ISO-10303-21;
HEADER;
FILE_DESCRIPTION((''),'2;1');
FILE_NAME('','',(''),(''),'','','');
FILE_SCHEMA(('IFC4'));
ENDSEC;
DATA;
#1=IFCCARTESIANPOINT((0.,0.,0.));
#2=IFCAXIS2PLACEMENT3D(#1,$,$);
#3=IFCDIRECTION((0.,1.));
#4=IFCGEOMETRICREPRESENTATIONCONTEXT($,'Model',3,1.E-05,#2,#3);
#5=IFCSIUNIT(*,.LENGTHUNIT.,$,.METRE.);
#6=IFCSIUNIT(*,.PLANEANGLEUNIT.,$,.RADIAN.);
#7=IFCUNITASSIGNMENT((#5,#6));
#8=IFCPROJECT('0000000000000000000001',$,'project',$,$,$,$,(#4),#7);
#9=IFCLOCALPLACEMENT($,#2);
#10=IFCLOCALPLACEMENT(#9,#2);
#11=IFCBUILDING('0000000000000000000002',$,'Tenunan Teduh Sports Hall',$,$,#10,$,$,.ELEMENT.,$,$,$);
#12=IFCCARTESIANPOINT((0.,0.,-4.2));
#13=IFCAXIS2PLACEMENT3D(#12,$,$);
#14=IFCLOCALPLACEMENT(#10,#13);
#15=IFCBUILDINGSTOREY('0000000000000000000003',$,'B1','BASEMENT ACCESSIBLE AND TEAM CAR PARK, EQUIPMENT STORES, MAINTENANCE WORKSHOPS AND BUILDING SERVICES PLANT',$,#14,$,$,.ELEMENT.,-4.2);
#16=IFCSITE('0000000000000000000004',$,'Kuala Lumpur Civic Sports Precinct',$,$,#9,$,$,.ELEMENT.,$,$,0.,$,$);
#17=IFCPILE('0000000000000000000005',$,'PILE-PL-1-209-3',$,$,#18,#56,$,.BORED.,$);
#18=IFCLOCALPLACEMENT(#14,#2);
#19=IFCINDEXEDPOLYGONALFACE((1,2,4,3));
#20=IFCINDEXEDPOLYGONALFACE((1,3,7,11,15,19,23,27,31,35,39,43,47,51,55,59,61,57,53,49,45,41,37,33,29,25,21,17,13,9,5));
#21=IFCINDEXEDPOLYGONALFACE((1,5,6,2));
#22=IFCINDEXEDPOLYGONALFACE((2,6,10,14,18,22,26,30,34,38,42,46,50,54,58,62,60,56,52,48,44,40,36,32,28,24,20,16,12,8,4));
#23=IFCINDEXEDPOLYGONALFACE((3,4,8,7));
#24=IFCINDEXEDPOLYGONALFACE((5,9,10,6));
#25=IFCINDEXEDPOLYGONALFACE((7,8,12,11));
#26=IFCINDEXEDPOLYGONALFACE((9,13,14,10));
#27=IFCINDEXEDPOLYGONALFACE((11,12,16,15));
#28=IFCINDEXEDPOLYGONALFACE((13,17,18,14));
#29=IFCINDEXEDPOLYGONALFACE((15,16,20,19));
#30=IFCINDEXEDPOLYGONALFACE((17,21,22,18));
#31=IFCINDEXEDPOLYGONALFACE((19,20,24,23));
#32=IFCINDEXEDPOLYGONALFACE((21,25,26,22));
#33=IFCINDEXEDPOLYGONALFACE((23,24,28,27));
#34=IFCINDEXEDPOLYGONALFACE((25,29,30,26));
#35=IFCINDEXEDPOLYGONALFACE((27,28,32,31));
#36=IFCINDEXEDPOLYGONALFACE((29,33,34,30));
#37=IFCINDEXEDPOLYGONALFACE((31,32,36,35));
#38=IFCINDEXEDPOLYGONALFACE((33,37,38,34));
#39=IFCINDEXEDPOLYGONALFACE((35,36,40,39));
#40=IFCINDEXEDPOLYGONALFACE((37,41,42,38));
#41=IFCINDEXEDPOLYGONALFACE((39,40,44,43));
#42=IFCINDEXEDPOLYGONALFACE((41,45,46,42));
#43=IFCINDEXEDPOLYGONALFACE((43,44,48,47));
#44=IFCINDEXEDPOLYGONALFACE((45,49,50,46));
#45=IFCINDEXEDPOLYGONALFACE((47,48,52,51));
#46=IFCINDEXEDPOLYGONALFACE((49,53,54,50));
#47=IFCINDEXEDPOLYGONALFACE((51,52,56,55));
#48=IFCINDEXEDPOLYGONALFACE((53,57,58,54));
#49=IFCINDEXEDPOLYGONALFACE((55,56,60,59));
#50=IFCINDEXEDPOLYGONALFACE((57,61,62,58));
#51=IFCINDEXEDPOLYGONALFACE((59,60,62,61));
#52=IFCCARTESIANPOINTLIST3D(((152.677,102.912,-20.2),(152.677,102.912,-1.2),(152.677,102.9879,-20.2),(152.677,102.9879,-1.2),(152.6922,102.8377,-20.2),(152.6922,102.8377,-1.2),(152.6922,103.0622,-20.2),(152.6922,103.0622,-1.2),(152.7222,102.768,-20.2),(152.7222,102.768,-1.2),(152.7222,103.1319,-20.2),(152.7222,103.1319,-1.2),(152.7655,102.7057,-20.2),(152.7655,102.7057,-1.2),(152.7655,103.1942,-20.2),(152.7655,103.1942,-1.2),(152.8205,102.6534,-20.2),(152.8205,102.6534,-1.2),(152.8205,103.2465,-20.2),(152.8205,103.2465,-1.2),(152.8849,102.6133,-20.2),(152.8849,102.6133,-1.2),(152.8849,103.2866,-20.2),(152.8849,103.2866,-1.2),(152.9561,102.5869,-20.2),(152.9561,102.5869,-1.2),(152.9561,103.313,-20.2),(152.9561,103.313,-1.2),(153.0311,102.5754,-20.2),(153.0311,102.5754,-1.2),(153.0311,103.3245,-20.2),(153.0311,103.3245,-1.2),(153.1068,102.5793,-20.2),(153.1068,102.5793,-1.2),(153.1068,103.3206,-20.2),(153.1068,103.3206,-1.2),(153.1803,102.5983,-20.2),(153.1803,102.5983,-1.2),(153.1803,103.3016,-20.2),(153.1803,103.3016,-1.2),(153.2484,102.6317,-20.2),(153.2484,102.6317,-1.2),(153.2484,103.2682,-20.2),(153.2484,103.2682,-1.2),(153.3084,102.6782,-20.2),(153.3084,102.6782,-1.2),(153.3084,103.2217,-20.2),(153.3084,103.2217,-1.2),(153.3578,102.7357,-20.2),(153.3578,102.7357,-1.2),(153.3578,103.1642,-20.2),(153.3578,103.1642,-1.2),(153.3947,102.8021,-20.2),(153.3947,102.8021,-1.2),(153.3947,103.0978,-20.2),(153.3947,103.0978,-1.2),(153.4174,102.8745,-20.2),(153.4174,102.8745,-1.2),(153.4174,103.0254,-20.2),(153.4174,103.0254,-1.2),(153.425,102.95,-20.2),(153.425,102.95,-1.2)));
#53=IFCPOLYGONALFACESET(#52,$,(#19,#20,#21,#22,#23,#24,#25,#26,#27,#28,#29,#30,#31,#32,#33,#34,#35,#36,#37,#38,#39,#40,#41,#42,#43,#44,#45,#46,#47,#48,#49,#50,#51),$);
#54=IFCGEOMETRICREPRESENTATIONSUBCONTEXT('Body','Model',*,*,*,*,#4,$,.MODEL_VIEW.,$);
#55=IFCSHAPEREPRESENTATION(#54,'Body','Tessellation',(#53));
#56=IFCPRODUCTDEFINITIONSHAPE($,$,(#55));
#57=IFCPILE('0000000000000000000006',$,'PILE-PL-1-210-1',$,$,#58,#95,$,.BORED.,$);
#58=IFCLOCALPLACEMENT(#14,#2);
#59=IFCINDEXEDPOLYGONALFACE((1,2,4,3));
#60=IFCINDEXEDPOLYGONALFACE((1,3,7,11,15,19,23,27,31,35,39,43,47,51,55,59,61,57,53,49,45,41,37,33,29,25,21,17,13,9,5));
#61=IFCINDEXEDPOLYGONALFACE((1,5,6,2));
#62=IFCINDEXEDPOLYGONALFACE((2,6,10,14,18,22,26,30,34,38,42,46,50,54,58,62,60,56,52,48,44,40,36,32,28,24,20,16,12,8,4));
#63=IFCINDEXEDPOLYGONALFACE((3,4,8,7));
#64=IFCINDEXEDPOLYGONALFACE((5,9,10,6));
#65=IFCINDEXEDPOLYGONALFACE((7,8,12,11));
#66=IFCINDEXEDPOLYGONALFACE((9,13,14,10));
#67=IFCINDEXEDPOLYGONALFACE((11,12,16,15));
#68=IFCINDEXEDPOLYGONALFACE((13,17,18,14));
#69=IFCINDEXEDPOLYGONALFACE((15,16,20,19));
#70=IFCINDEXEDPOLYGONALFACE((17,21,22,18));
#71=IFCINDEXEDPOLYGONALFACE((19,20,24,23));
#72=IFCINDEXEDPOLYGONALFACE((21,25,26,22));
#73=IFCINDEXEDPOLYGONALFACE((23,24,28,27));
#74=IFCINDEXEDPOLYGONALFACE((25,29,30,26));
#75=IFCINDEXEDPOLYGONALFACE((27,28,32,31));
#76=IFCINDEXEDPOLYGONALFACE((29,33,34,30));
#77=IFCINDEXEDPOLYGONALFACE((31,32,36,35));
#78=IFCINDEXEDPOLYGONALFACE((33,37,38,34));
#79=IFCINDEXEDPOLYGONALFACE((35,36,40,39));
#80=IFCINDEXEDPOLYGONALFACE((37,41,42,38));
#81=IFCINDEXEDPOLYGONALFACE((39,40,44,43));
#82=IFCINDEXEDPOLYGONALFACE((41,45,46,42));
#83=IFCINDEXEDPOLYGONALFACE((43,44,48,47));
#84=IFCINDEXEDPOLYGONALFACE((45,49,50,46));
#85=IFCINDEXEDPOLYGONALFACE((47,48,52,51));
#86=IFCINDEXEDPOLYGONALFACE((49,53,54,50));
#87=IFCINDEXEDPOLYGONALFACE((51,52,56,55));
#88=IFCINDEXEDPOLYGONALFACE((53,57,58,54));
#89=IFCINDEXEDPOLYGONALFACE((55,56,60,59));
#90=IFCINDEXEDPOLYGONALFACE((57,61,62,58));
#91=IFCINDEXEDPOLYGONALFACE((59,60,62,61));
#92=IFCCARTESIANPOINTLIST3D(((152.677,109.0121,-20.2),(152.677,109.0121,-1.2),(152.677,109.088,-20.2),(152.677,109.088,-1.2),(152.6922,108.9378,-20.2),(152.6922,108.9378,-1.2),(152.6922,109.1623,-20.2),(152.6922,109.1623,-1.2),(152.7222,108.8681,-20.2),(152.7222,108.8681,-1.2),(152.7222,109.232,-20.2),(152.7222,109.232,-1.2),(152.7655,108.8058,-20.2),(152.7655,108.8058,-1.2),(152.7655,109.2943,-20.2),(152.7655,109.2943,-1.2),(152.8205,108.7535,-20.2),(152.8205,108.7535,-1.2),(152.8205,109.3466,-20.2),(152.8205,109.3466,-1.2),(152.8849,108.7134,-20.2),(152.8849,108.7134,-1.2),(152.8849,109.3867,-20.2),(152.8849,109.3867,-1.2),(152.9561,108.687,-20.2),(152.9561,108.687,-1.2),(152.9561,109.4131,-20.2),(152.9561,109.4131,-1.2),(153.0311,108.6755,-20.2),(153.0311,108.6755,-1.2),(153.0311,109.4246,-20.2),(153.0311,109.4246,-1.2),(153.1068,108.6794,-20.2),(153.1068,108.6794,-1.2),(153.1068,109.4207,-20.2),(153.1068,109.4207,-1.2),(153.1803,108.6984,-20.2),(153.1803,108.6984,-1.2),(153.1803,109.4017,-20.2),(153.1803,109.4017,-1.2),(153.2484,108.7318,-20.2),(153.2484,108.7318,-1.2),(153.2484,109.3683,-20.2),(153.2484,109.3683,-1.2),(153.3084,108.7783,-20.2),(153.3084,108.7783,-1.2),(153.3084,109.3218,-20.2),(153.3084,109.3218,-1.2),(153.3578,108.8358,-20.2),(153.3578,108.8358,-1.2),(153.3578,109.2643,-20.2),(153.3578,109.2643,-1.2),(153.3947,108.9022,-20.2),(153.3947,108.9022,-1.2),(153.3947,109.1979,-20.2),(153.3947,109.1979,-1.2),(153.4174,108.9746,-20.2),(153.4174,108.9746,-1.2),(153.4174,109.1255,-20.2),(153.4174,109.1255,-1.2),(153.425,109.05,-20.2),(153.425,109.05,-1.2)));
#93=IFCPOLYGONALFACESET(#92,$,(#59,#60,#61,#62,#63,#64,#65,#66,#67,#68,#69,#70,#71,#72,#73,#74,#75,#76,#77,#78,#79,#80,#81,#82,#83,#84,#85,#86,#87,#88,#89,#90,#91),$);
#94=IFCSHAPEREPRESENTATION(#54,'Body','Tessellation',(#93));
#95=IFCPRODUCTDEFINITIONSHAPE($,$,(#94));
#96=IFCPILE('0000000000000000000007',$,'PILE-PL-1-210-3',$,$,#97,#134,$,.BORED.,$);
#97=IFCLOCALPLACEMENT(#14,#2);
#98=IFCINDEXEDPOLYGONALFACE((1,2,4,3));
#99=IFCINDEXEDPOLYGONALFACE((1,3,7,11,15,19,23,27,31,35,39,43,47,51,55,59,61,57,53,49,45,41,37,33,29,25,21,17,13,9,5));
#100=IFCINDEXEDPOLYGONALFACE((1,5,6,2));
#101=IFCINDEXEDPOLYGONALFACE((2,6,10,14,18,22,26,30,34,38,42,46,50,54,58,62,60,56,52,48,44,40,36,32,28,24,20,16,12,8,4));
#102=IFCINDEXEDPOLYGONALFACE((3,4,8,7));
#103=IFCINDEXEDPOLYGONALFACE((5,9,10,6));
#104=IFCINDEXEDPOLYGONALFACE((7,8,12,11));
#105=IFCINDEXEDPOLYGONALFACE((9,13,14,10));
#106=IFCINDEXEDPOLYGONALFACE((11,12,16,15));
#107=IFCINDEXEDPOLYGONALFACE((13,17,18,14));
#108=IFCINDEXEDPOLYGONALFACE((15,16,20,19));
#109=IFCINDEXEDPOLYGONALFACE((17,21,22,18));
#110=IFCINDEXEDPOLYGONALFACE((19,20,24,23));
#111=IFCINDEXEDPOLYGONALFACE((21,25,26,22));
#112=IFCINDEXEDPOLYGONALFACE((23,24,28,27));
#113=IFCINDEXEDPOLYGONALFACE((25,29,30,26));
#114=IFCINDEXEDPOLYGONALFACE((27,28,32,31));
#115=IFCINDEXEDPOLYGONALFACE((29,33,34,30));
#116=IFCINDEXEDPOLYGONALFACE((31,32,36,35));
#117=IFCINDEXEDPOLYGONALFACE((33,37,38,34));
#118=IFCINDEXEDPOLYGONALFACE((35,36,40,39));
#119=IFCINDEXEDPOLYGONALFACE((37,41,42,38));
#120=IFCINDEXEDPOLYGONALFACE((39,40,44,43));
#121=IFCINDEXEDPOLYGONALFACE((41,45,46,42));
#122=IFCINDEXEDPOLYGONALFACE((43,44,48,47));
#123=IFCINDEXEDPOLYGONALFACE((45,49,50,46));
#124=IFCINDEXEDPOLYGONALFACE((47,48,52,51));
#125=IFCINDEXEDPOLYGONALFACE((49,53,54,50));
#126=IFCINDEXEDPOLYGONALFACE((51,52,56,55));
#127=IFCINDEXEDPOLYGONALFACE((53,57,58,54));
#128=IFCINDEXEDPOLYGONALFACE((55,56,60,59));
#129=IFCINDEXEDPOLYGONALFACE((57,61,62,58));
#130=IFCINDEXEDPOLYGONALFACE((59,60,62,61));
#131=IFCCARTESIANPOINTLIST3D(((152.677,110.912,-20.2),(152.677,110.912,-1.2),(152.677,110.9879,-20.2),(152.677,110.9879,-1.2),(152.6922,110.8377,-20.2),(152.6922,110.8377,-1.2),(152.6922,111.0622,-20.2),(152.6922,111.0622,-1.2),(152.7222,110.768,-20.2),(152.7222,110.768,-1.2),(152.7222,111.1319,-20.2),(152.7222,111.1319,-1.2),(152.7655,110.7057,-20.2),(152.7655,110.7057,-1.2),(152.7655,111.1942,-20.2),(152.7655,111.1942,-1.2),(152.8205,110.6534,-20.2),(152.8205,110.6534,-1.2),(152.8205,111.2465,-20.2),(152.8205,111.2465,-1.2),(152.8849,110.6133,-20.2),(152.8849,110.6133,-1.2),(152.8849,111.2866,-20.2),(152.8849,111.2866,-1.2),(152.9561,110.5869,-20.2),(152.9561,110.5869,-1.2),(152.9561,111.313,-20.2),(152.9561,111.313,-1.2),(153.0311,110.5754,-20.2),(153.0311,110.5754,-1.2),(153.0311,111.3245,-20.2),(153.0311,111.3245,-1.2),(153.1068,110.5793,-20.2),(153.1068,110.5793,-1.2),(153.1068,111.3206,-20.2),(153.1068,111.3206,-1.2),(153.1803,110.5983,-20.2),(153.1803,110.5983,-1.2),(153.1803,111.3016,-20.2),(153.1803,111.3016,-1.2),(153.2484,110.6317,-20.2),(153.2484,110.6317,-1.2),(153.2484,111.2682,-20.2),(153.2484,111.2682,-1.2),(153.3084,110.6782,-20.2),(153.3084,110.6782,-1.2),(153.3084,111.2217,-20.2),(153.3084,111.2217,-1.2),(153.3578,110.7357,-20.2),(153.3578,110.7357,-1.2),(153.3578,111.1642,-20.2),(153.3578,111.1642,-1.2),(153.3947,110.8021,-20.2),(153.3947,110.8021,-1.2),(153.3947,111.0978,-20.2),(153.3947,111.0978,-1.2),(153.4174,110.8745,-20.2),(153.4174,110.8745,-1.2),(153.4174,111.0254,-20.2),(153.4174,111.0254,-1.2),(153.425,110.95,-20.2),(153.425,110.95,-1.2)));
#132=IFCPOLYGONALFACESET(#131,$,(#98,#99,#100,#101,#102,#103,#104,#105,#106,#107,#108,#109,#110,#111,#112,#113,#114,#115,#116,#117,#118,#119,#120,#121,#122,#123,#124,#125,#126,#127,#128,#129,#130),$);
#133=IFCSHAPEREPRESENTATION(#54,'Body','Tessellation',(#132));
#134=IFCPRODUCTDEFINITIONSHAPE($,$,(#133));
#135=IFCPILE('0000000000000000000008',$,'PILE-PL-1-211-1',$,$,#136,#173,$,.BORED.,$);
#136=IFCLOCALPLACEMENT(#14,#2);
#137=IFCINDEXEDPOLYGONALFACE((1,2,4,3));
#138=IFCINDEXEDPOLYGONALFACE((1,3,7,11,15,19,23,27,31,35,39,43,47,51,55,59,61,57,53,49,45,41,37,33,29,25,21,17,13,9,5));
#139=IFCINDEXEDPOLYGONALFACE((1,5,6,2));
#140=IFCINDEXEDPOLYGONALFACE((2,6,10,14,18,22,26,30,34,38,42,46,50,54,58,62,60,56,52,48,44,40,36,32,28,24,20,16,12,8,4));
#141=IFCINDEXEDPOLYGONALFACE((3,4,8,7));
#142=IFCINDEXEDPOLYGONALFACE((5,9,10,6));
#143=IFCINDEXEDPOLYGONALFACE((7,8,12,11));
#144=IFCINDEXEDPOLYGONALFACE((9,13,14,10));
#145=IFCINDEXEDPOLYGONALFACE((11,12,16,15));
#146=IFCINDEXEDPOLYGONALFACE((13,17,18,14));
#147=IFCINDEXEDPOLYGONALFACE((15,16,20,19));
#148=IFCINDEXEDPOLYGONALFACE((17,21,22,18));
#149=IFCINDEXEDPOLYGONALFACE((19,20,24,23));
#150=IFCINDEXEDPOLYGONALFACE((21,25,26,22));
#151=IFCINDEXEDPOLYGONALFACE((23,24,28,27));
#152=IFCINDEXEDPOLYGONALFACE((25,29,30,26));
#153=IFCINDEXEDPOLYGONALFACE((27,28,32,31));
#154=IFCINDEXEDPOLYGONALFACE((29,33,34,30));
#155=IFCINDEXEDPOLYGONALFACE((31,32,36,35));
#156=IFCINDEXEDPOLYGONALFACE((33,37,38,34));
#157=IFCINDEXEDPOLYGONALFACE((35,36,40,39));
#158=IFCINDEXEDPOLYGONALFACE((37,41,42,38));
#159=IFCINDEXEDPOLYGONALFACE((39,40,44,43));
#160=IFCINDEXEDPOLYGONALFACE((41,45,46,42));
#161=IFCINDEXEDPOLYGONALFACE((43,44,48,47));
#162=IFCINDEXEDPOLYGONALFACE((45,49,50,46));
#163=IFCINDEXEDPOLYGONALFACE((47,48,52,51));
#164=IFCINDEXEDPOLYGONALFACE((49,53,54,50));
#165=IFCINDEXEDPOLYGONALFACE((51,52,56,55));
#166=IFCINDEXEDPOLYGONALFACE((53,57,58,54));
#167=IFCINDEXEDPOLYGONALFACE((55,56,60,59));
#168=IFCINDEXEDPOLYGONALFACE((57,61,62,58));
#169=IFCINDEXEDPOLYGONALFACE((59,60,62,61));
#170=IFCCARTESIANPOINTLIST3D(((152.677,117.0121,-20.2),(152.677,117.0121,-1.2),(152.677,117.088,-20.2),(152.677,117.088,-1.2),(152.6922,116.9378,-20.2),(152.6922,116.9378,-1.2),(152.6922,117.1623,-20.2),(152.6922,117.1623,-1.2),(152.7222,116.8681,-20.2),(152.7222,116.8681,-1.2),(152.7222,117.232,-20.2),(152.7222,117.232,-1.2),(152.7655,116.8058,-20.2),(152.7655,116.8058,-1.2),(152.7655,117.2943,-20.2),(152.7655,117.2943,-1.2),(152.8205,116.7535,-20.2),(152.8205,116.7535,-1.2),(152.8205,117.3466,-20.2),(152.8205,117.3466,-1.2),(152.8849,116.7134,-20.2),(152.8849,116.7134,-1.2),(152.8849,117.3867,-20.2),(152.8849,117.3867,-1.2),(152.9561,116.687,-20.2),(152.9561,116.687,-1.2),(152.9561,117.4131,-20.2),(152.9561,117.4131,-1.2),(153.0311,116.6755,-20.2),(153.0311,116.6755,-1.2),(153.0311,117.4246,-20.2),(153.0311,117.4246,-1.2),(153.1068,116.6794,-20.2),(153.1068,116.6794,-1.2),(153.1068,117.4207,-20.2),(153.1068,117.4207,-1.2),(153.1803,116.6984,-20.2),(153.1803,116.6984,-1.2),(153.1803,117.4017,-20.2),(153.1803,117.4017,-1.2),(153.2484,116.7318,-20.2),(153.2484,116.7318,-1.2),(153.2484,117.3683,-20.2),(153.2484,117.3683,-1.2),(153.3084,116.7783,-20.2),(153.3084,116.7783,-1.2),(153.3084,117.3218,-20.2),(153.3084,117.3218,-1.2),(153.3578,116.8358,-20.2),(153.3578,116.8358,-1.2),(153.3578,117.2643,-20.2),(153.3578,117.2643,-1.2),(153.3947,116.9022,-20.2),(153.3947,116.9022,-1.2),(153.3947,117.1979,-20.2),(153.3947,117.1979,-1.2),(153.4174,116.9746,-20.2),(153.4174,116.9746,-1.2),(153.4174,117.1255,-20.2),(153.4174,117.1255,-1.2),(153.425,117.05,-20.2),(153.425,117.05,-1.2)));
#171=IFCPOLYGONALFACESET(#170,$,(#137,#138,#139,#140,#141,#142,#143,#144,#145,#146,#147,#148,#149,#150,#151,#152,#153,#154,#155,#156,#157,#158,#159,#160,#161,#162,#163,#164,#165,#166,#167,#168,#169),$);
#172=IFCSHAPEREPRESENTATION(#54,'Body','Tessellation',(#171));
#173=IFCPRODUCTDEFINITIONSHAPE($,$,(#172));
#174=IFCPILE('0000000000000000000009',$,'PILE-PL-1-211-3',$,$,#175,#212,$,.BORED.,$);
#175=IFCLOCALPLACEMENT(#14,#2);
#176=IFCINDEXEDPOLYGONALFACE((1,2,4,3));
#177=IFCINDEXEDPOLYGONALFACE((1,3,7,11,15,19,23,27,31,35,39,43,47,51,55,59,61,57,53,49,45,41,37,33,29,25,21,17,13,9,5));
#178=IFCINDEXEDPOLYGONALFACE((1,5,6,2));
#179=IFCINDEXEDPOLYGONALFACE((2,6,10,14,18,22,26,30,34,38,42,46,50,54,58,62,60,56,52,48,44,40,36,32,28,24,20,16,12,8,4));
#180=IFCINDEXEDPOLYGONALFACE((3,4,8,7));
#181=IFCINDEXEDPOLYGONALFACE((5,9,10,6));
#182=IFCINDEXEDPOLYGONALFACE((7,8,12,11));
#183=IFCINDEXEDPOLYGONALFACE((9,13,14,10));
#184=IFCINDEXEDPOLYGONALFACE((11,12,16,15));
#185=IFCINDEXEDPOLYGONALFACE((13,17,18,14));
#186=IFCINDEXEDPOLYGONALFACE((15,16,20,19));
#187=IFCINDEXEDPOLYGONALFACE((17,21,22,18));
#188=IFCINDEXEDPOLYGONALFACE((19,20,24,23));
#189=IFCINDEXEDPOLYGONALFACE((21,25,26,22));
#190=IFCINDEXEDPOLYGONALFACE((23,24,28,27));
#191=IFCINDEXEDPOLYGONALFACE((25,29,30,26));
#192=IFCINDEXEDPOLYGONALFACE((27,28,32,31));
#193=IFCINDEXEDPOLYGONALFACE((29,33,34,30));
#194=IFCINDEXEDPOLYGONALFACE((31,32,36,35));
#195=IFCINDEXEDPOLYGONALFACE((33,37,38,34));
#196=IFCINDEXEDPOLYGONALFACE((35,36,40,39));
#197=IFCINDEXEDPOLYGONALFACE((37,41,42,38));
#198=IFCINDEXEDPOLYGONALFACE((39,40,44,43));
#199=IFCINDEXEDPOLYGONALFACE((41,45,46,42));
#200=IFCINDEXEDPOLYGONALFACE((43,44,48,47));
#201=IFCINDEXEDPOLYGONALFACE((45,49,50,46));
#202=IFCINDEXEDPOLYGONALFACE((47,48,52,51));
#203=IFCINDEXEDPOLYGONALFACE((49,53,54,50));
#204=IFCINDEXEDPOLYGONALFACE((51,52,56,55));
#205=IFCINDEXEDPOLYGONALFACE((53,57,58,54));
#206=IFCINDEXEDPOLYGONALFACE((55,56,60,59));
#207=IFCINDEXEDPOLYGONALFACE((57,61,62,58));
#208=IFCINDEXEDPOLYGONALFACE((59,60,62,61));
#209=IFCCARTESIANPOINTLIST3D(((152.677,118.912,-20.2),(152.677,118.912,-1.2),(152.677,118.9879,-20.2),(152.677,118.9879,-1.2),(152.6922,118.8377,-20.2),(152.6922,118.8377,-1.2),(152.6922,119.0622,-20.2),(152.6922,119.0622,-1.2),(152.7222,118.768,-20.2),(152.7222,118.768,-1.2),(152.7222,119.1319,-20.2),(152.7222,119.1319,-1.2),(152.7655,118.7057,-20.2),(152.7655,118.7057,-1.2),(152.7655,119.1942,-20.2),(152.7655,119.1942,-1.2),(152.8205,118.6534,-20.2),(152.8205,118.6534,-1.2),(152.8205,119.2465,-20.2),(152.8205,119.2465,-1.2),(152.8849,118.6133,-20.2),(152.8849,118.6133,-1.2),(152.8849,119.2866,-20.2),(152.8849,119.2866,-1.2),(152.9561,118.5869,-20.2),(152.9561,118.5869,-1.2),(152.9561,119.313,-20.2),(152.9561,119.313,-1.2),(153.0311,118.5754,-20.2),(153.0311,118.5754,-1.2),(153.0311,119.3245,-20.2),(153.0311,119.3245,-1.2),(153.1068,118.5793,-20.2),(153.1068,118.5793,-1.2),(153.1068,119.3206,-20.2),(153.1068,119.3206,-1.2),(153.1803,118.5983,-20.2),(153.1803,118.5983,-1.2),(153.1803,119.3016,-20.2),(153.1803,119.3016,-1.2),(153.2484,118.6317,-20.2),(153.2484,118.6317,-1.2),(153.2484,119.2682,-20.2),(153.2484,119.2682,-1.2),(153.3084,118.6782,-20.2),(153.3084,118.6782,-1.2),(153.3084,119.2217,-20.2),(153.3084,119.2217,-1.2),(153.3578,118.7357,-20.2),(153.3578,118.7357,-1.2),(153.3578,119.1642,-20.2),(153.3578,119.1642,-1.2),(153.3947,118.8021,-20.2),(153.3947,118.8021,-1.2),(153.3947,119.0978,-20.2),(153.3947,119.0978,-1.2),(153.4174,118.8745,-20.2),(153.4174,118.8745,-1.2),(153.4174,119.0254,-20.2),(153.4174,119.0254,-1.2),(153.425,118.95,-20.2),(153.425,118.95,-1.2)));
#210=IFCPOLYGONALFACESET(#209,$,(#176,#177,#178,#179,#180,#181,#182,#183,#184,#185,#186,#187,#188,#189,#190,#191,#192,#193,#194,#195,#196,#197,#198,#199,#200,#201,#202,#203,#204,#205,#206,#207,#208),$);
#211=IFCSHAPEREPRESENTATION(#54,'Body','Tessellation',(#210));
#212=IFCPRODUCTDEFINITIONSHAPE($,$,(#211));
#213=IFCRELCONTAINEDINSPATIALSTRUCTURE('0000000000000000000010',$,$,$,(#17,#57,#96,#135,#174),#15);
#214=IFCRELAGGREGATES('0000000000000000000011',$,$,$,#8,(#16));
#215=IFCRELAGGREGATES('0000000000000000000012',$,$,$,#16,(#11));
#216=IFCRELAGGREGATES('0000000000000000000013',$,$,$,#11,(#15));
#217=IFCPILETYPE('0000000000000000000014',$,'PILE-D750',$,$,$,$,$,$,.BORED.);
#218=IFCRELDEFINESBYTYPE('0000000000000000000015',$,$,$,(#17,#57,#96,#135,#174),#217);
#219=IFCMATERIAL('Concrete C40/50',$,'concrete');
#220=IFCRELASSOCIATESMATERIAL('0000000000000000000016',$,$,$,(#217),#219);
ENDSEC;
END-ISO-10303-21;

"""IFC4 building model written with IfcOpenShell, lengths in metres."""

from ifc_helpers import new_model, si_unit, direction, frame, origin, origin_2d, place, context, subcontext, project, spatial, circle, extrude, material, material_profile, profile_set, type_object, element, save


model = new_model("IFC4")

# Units and contexts
model_context = context("Model", 3, precision=1e-05, world=origin(), true_north=direction((0.0, 1.0)))
body_context = subcontext(model_context, "Body", "Model", "MODEL_VIEW")
ifc_project = project(units=[si_unit("LENGTHUNIT", "METRE"), si_unit("PLANEANGLEUNIT", "RADIAN")], contexts=[model_context])

# Site, building, storey
site_placement = place(None, origin())
site = spatial("IfcSite", under=ifc_project, at=site_placement, Name="Kuala Lumpur Civic Sports Precinct", CompositionType="ELEMENT", RefElevation=0.0)
building_placement = place(site_placement, origin())
building = spatial("IfcBuilding", under=site, at=building_placement, Name="Tenunan Teduh Sports Hall", CompositionType="ELEMENT")
storey_placement = place(building_placement, frame((0.0, 0.0, -4.2)))
storey = spatial("IfcBuildingStorey", under=building, at=storey_placement, Name="B1", Description="BASEMENT ACCESSIBLE AND TEAM CAR PARK, EQUIPMENT STORES, MAINTENANCE WORKSHOPS AND BUILDING SERVICES PLANT", CompositionType="ELEMENT", Elevation=-4.2)

# Piles
ifc_material_1 = material(Name="Concrete C40/50", Category="concrete")
ifc_material_profile_1 = material_profile(ifc_material_1, circle(Radius=0.375, at=origin_2d()), Name="PILE D750")
ifc_profile_set_1 = profile_set([ifc_material_profile_1], Name="Concrete C40/50")
pile_type = type_object("IfcPileType", Name="PILE-D750", PredefinedType="BORED", material=ifc_profile_set_1)
for number, where, z_axis, x_axis, name in (
    (1, (153.05, 102.95, -1.2), (0.0, 0.0, -1.0), (1.0, 0.0, 0.0), "PILE-PL-1-209-3"),
    (2, (153.05, 109.05, -1.2), (0.0, 0.0, -1.0), (1.0, 0.0, 0.0), "PILE-PL-1-210-1"),
    (3, (153.05, 110.95, -1.2), (0.0, 0.0, -1.0), (1.0, 0.0, 0.0), "PILE-PL-1-210-3"),
    (4, (153.05, 117.05, -1.2), (0.0, 0.0, -1.0), (1.0, 0.0, 0.0), "PILE-PL-1-211-1"),
    (5, (153.05, 118.95, -1.2), (0.0, 0.0, -1.0), (1.0, 0.0, 0.0), "PILE-PL-1-211-3"),
):
    element("IfcPile", number, at=place(storey_placement, frame(where, z_axis=z_axis, x_axis=x_axis)), inside=storey, type_object=pile_type, Name=name, PredefinedType="BORED", context=body_context, shape_type="SweptSolid", body=[
        extrude(circle(Radius=0.375, at=origin_2d()), origin(), (0.0, 0.0, 1.0), 19.0),
    ])

save(model, "model.ifc")
